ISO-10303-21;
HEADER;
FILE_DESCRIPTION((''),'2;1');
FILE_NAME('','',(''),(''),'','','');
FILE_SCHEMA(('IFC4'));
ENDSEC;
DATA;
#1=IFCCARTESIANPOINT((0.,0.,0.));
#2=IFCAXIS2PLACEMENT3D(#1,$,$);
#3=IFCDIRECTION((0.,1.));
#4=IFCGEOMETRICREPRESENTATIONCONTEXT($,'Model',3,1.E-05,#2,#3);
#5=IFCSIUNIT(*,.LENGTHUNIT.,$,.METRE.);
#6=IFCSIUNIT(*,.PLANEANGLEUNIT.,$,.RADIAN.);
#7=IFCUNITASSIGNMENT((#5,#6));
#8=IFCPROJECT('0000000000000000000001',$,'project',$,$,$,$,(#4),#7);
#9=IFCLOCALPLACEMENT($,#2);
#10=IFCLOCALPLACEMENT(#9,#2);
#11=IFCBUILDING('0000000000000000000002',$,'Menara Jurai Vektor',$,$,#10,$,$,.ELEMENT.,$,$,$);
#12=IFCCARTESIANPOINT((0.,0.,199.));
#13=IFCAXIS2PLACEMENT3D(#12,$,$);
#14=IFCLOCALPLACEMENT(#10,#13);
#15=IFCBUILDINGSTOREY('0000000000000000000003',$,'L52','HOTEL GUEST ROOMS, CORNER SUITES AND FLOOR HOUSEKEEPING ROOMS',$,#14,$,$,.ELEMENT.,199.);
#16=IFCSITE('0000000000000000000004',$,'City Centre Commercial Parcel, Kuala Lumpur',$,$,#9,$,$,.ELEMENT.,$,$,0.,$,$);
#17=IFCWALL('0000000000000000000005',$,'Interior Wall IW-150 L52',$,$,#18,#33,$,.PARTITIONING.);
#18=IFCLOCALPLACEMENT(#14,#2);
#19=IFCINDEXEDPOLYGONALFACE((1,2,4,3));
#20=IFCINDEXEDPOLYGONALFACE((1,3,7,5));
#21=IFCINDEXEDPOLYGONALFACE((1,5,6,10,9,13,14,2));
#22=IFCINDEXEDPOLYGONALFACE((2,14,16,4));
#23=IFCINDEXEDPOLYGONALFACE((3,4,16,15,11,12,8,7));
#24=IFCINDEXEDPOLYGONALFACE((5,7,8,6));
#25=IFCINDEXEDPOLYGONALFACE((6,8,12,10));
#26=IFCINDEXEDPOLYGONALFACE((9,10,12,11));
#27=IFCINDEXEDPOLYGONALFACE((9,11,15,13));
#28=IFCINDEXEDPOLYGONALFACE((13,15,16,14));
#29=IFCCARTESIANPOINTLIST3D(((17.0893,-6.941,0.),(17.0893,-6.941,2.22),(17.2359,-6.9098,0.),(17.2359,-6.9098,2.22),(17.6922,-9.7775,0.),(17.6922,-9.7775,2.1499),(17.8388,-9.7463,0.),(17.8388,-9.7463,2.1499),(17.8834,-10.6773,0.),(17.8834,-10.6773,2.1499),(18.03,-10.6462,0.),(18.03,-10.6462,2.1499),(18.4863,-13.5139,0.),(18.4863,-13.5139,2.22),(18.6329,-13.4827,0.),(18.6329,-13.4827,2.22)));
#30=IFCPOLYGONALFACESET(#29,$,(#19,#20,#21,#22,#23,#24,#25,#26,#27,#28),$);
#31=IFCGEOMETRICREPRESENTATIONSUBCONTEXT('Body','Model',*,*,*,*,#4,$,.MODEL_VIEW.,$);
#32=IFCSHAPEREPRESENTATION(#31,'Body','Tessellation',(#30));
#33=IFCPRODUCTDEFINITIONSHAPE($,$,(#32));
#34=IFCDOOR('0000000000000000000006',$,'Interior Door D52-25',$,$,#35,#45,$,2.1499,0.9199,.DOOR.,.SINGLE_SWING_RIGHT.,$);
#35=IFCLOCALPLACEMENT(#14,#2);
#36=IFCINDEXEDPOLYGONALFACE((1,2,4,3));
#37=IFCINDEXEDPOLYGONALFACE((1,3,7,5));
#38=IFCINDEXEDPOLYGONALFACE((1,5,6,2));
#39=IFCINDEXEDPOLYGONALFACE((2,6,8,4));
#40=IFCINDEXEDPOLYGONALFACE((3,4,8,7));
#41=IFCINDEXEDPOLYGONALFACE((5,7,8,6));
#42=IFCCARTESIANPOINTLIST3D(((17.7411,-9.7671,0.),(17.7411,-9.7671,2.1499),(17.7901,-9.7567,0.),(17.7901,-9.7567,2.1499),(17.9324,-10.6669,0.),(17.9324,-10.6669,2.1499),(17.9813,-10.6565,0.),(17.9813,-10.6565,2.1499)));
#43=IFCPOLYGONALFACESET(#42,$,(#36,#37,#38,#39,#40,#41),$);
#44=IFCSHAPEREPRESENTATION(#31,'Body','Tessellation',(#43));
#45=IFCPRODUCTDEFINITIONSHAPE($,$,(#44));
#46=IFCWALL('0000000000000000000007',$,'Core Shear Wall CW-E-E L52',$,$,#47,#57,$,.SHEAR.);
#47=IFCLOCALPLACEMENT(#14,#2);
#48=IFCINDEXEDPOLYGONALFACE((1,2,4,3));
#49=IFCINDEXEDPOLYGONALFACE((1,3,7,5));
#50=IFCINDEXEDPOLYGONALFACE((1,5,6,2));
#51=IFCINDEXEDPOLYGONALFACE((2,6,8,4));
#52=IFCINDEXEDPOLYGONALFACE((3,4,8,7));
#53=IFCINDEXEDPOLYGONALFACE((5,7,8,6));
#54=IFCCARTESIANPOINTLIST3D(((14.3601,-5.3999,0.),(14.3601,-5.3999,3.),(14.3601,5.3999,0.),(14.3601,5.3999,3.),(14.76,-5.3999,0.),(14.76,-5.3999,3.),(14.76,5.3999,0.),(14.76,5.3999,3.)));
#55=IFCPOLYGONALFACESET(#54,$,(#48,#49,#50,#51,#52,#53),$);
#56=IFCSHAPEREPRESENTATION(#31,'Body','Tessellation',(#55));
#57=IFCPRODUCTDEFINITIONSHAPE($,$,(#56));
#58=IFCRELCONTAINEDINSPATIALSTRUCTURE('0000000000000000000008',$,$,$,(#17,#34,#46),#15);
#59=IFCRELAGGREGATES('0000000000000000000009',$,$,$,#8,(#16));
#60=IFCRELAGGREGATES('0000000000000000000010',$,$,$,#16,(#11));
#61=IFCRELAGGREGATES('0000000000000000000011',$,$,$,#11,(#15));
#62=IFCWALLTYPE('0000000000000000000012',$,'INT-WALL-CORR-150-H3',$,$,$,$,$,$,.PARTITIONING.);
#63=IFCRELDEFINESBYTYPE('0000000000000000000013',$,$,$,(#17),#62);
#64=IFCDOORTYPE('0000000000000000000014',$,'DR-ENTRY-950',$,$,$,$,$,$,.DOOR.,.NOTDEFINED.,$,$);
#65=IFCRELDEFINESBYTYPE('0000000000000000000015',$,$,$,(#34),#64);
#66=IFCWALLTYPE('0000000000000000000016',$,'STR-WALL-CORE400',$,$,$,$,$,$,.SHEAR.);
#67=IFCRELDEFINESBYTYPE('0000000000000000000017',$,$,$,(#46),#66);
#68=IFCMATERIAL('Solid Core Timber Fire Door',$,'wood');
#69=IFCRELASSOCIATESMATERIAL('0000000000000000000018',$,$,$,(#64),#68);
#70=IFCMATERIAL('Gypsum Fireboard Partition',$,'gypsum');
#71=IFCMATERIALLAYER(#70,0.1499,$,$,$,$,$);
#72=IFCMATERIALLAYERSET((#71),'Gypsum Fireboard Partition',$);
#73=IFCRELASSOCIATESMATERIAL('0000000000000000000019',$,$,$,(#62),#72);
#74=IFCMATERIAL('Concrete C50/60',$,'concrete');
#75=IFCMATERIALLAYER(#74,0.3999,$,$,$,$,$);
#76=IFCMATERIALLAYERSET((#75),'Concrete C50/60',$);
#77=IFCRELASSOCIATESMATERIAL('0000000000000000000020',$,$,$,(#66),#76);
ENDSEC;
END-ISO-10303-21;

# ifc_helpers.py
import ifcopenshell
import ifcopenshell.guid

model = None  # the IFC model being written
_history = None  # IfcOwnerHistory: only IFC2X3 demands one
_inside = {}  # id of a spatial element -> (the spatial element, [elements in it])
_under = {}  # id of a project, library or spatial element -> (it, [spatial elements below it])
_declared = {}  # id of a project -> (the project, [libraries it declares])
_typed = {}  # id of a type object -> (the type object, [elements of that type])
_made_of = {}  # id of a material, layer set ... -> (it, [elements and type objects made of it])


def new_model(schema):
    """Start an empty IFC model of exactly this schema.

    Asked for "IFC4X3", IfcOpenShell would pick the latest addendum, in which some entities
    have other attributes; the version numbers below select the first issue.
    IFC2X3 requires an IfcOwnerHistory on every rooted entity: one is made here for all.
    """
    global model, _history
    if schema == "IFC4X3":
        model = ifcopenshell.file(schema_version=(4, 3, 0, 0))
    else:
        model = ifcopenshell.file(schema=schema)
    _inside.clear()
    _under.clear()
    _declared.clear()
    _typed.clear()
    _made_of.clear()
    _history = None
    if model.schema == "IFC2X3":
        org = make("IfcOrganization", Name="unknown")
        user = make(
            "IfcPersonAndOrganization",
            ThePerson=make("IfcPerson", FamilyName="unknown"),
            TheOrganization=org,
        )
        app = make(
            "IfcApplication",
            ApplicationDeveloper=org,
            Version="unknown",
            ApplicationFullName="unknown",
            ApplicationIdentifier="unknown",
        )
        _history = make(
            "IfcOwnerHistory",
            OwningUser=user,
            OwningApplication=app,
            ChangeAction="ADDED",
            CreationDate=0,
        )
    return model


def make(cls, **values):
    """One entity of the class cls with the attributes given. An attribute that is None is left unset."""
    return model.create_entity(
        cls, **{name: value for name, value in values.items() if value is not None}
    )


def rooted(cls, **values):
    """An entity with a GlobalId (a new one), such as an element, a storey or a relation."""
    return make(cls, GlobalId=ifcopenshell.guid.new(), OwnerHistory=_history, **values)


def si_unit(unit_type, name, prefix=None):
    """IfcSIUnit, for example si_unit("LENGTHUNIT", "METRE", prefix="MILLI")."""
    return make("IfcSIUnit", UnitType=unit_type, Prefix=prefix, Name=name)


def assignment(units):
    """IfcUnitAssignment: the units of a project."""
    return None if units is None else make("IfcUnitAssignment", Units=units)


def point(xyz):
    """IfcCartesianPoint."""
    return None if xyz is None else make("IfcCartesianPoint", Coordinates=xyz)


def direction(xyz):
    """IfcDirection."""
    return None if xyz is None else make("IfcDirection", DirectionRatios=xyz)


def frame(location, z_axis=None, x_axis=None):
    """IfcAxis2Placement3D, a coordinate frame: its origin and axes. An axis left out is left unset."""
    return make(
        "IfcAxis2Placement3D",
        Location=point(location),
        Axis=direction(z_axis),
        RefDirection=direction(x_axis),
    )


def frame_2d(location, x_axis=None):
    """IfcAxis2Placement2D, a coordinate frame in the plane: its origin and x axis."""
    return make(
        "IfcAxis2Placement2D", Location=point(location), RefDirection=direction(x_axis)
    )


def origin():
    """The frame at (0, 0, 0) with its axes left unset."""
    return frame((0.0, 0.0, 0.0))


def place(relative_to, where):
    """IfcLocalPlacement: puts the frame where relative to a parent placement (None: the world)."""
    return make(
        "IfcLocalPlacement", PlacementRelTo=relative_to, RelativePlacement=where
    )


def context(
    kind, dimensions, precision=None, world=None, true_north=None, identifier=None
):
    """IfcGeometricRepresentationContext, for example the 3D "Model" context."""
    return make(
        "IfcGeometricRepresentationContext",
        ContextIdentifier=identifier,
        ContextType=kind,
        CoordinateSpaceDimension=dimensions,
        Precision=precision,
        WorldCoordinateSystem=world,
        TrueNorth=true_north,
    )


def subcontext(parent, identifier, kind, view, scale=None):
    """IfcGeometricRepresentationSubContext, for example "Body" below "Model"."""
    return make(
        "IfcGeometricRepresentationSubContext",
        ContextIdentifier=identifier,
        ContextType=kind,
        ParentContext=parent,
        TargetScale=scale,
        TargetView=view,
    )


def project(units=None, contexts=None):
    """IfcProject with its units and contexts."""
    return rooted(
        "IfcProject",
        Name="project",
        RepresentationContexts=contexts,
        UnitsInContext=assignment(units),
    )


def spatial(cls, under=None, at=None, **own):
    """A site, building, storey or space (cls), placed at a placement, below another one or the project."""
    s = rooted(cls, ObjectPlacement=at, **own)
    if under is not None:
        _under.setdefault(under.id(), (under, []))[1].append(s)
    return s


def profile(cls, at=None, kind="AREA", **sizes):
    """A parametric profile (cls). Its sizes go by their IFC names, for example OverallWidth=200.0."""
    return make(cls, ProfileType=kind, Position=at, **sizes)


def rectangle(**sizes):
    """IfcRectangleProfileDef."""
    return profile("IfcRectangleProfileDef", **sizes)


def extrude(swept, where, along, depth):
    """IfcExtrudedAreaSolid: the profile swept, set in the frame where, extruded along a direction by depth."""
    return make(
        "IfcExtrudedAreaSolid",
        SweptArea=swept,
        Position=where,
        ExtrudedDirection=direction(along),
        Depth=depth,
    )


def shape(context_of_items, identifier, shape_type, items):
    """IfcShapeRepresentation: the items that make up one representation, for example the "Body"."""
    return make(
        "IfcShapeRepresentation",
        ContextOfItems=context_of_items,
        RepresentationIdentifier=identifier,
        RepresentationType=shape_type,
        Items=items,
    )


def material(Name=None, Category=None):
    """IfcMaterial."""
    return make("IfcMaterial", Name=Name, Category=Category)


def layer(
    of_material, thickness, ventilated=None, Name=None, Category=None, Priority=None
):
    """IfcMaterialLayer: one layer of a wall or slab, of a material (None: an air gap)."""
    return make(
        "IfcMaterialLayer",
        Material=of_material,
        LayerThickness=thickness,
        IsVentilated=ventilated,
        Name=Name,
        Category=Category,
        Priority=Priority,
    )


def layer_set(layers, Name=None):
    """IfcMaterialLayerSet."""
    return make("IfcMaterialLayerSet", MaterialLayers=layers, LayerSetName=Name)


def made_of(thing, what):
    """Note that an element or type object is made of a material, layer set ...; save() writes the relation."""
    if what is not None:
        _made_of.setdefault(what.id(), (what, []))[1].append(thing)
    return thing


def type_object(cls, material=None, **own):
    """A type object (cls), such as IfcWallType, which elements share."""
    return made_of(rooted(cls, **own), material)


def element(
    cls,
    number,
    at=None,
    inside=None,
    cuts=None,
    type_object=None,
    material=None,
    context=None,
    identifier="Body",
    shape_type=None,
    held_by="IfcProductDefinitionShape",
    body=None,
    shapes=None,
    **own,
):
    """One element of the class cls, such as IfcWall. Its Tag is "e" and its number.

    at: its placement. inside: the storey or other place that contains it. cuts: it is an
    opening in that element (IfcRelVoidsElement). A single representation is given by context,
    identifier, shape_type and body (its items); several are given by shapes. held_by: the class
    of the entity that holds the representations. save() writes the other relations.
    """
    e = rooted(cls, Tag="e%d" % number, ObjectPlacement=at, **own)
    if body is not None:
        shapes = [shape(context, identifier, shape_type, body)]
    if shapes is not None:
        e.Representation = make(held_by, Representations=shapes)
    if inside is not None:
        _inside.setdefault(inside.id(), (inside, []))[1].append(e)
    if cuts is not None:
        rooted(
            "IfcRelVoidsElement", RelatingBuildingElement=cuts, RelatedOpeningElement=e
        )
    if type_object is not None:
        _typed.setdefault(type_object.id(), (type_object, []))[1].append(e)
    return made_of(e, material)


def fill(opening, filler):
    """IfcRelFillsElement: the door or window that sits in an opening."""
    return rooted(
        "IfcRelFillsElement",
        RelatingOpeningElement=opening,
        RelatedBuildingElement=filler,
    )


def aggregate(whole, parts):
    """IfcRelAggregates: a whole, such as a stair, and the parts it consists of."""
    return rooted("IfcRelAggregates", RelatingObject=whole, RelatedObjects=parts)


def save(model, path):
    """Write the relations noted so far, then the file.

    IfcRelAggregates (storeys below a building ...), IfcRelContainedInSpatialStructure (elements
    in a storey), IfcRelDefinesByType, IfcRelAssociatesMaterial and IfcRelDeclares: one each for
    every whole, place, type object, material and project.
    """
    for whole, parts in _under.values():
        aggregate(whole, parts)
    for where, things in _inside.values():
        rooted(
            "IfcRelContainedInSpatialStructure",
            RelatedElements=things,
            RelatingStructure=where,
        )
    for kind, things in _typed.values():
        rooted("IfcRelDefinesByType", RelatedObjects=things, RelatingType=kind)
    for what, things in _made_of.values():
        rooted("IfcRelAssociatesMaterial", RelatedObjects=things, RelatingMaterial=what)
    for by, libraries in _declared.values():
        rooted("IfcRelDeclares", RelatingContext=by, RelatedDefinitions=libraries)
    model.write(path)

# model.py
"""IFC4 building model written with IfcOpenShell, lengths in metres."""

from ifc_helpers import new_model, si_unit, direction, frame, frame_2d, origin, place, context, subcontext, project, spatial, rectangle, extrude, material, layer, layer_set, type_object, element, fill, save


model = new_model("IFC4")

# Units and contexts
model_context = context("Model", 3, precision=1e-05, world=origin(), true_north=direction((0.0, 1.0)))
body_context = subcontext(model_context, "Body", "Model", "MODEL_VIEW")
ifc_project = project(units=[si_unit("LENGTHUNIT", "METRE"), si_unit("PLANEANGLEUNIT", "RADIAN")], contexts=[model_context])

# Site, building, storey
site_placement = place(None, origin())
site = spatial("IfcSite", under=ifc_project, at=site_placement, Name="City Centre Commercial Parcel, Kuala Lumpur", CompositionType="ELEMENT", RefElevation=0.0)
building_placement = place(site_placement, origin())
building = spatial("IfcBuilding", under=site, at=building_placement, Name="Menara Jurai Vektor", CompositionType="ELEMENT")
storey_placement = place(building_placement, frame((0.0, 0.0, 199.0)))
storey = spatial("IfcBuildingStorey", under=building, at=storey_placement, Name="L52", Description="HOTEL GUEST ROOMS, CORNER SUITES AND FLOOR HOUSEKEEPING ROOMS", CompositionType="ELEMENT", Elevation=199.0)

# Shared definitions
ifc_material_1 = material(Name="Concrete C50/60", Category="concrete")

# Shared definitions
ifc_material_2 = material(Name="Gypsum Fireboard Partition", Category="gypsum")

# Shared definitions
ifc_material_3 = material(Name="Solid Core Timber Fire Door", Category="wood")
door_type_1 = type_object("IfcDoorType", Name="DR-ENTRY-950", OperationType="NOTDEFINED", PredefinedType="DOOR", material=ifc_material_3)

# Wall, opening, door
ifc_layer_1 = layer(ifc_material_2, 0.1499)
ifc_layer_set_1 = layer_set([ifc_layer_1], Name="Gypsum Fireboard Partition")
wall_type_1 = type_object("IfcWallType", Name="INT-WALL-CORR-150-H3", PredefinedType="PARTITIONING", material=ifc_layer_set_1)
wall_1_placement = place(storey_placement, frame((18.5596, -13.4983, 0.0), z_axis=(0.0, 0.0, 1.0), x_axis=(-0.207889, 0.978152, 0.0)))
wall_1 = element("IfcWall", 1, at=wall_1_placement, inside=storey, type_object=wall_type_1, Name="Interior Wall IW-150 L52", PredefinedType="PARTITIONING", context=body_context, shape_type="SweptSolid", body=[
    extrude(rectangle(XDim=6.7197, YDim=0.1499, at=frame_2d((3.3599, 0.0))), origin(), (0.0, 0.0, 1.0), 2.22),
])
opening_1_placement = place(wall_1_placement, frame((2.8999, 0.0, 0.0)))
opening_1 = element("IfcOpeningElement", 2, at=opening_1_placement, cuts=wall_1, PredefinedType="OPENING", context=body_context, shape_type="SweptSolid", body=[
    extrude(rectangle(XDim=0.9199, YDim=2.1499, at=frame_2d((0.46, 1.075))), frame((0.0, 0.085, 0.0), z_axis=(0.0, -1.0, 0.0), x_axis=(1.0, 0.0, 0.0)), (0.0, 0.0, 1.0), 0.1699),
])
door_1_placement = place(opening_1_placement, origin())
door_1 = element("IfcDoor", 3, at=door_1_placement, inside=storey, type_object=door_type_1, Name="Interior Door D52-25", OperationType="SINGLE_SWING_RIGHT", OverallHeight=2.1499, OverallWidth=0.9199, PredefinedType="DOOR", context=body_context, shape_type="SweptSolid", body=[
    extrude(rectangle(XDim=0.9199, YDim=2.1499, at=frame_2d((0.46, 1.075))), frame((0.0, 0.0249, 0.0), z_axis=(0.0, -1.0, 0.0), x_axis=(1.0, 0.0, 0.0)), (0.0, 0.0, 1.0), 0.05),
])
fill(opening_1, door_1)

# Wall
ifc_layer_2 = layer(ifc_material_1, 0.3999)
ifc_layer_set_2 = layer_set([ifc_layer_2], Name="Concrete C50/60")
wall_type_2 = type_object("IfcWallType", Name="STR-WALL-CORE400", PredefinedType="SHEAR", material=ifc_layer_set_2)
wall_2_placement = place(storey_placement, frame((14.5601, -5.3999, 0.0), z_axis=(0.0, 0.0, 1.0), x_axis=(0.0, 1.0, 0.0)))
element("IfcWall", 4, at=wall_2_placement, inside=storey, type_object=wall_type_2, Name="Core Shear Wall CW-E-E L52", PredefinedType="SHEAR", context=body_context, shape_type="SweptSolid", body=[
    extrude(rectangle(XDim=10.7998, YDim=0.3999, at=frame_2d((5.3999, 0.0))), origin(), (0.0, 0.0, 1.0), 3.0),
])

save(model, "model.ifc")
